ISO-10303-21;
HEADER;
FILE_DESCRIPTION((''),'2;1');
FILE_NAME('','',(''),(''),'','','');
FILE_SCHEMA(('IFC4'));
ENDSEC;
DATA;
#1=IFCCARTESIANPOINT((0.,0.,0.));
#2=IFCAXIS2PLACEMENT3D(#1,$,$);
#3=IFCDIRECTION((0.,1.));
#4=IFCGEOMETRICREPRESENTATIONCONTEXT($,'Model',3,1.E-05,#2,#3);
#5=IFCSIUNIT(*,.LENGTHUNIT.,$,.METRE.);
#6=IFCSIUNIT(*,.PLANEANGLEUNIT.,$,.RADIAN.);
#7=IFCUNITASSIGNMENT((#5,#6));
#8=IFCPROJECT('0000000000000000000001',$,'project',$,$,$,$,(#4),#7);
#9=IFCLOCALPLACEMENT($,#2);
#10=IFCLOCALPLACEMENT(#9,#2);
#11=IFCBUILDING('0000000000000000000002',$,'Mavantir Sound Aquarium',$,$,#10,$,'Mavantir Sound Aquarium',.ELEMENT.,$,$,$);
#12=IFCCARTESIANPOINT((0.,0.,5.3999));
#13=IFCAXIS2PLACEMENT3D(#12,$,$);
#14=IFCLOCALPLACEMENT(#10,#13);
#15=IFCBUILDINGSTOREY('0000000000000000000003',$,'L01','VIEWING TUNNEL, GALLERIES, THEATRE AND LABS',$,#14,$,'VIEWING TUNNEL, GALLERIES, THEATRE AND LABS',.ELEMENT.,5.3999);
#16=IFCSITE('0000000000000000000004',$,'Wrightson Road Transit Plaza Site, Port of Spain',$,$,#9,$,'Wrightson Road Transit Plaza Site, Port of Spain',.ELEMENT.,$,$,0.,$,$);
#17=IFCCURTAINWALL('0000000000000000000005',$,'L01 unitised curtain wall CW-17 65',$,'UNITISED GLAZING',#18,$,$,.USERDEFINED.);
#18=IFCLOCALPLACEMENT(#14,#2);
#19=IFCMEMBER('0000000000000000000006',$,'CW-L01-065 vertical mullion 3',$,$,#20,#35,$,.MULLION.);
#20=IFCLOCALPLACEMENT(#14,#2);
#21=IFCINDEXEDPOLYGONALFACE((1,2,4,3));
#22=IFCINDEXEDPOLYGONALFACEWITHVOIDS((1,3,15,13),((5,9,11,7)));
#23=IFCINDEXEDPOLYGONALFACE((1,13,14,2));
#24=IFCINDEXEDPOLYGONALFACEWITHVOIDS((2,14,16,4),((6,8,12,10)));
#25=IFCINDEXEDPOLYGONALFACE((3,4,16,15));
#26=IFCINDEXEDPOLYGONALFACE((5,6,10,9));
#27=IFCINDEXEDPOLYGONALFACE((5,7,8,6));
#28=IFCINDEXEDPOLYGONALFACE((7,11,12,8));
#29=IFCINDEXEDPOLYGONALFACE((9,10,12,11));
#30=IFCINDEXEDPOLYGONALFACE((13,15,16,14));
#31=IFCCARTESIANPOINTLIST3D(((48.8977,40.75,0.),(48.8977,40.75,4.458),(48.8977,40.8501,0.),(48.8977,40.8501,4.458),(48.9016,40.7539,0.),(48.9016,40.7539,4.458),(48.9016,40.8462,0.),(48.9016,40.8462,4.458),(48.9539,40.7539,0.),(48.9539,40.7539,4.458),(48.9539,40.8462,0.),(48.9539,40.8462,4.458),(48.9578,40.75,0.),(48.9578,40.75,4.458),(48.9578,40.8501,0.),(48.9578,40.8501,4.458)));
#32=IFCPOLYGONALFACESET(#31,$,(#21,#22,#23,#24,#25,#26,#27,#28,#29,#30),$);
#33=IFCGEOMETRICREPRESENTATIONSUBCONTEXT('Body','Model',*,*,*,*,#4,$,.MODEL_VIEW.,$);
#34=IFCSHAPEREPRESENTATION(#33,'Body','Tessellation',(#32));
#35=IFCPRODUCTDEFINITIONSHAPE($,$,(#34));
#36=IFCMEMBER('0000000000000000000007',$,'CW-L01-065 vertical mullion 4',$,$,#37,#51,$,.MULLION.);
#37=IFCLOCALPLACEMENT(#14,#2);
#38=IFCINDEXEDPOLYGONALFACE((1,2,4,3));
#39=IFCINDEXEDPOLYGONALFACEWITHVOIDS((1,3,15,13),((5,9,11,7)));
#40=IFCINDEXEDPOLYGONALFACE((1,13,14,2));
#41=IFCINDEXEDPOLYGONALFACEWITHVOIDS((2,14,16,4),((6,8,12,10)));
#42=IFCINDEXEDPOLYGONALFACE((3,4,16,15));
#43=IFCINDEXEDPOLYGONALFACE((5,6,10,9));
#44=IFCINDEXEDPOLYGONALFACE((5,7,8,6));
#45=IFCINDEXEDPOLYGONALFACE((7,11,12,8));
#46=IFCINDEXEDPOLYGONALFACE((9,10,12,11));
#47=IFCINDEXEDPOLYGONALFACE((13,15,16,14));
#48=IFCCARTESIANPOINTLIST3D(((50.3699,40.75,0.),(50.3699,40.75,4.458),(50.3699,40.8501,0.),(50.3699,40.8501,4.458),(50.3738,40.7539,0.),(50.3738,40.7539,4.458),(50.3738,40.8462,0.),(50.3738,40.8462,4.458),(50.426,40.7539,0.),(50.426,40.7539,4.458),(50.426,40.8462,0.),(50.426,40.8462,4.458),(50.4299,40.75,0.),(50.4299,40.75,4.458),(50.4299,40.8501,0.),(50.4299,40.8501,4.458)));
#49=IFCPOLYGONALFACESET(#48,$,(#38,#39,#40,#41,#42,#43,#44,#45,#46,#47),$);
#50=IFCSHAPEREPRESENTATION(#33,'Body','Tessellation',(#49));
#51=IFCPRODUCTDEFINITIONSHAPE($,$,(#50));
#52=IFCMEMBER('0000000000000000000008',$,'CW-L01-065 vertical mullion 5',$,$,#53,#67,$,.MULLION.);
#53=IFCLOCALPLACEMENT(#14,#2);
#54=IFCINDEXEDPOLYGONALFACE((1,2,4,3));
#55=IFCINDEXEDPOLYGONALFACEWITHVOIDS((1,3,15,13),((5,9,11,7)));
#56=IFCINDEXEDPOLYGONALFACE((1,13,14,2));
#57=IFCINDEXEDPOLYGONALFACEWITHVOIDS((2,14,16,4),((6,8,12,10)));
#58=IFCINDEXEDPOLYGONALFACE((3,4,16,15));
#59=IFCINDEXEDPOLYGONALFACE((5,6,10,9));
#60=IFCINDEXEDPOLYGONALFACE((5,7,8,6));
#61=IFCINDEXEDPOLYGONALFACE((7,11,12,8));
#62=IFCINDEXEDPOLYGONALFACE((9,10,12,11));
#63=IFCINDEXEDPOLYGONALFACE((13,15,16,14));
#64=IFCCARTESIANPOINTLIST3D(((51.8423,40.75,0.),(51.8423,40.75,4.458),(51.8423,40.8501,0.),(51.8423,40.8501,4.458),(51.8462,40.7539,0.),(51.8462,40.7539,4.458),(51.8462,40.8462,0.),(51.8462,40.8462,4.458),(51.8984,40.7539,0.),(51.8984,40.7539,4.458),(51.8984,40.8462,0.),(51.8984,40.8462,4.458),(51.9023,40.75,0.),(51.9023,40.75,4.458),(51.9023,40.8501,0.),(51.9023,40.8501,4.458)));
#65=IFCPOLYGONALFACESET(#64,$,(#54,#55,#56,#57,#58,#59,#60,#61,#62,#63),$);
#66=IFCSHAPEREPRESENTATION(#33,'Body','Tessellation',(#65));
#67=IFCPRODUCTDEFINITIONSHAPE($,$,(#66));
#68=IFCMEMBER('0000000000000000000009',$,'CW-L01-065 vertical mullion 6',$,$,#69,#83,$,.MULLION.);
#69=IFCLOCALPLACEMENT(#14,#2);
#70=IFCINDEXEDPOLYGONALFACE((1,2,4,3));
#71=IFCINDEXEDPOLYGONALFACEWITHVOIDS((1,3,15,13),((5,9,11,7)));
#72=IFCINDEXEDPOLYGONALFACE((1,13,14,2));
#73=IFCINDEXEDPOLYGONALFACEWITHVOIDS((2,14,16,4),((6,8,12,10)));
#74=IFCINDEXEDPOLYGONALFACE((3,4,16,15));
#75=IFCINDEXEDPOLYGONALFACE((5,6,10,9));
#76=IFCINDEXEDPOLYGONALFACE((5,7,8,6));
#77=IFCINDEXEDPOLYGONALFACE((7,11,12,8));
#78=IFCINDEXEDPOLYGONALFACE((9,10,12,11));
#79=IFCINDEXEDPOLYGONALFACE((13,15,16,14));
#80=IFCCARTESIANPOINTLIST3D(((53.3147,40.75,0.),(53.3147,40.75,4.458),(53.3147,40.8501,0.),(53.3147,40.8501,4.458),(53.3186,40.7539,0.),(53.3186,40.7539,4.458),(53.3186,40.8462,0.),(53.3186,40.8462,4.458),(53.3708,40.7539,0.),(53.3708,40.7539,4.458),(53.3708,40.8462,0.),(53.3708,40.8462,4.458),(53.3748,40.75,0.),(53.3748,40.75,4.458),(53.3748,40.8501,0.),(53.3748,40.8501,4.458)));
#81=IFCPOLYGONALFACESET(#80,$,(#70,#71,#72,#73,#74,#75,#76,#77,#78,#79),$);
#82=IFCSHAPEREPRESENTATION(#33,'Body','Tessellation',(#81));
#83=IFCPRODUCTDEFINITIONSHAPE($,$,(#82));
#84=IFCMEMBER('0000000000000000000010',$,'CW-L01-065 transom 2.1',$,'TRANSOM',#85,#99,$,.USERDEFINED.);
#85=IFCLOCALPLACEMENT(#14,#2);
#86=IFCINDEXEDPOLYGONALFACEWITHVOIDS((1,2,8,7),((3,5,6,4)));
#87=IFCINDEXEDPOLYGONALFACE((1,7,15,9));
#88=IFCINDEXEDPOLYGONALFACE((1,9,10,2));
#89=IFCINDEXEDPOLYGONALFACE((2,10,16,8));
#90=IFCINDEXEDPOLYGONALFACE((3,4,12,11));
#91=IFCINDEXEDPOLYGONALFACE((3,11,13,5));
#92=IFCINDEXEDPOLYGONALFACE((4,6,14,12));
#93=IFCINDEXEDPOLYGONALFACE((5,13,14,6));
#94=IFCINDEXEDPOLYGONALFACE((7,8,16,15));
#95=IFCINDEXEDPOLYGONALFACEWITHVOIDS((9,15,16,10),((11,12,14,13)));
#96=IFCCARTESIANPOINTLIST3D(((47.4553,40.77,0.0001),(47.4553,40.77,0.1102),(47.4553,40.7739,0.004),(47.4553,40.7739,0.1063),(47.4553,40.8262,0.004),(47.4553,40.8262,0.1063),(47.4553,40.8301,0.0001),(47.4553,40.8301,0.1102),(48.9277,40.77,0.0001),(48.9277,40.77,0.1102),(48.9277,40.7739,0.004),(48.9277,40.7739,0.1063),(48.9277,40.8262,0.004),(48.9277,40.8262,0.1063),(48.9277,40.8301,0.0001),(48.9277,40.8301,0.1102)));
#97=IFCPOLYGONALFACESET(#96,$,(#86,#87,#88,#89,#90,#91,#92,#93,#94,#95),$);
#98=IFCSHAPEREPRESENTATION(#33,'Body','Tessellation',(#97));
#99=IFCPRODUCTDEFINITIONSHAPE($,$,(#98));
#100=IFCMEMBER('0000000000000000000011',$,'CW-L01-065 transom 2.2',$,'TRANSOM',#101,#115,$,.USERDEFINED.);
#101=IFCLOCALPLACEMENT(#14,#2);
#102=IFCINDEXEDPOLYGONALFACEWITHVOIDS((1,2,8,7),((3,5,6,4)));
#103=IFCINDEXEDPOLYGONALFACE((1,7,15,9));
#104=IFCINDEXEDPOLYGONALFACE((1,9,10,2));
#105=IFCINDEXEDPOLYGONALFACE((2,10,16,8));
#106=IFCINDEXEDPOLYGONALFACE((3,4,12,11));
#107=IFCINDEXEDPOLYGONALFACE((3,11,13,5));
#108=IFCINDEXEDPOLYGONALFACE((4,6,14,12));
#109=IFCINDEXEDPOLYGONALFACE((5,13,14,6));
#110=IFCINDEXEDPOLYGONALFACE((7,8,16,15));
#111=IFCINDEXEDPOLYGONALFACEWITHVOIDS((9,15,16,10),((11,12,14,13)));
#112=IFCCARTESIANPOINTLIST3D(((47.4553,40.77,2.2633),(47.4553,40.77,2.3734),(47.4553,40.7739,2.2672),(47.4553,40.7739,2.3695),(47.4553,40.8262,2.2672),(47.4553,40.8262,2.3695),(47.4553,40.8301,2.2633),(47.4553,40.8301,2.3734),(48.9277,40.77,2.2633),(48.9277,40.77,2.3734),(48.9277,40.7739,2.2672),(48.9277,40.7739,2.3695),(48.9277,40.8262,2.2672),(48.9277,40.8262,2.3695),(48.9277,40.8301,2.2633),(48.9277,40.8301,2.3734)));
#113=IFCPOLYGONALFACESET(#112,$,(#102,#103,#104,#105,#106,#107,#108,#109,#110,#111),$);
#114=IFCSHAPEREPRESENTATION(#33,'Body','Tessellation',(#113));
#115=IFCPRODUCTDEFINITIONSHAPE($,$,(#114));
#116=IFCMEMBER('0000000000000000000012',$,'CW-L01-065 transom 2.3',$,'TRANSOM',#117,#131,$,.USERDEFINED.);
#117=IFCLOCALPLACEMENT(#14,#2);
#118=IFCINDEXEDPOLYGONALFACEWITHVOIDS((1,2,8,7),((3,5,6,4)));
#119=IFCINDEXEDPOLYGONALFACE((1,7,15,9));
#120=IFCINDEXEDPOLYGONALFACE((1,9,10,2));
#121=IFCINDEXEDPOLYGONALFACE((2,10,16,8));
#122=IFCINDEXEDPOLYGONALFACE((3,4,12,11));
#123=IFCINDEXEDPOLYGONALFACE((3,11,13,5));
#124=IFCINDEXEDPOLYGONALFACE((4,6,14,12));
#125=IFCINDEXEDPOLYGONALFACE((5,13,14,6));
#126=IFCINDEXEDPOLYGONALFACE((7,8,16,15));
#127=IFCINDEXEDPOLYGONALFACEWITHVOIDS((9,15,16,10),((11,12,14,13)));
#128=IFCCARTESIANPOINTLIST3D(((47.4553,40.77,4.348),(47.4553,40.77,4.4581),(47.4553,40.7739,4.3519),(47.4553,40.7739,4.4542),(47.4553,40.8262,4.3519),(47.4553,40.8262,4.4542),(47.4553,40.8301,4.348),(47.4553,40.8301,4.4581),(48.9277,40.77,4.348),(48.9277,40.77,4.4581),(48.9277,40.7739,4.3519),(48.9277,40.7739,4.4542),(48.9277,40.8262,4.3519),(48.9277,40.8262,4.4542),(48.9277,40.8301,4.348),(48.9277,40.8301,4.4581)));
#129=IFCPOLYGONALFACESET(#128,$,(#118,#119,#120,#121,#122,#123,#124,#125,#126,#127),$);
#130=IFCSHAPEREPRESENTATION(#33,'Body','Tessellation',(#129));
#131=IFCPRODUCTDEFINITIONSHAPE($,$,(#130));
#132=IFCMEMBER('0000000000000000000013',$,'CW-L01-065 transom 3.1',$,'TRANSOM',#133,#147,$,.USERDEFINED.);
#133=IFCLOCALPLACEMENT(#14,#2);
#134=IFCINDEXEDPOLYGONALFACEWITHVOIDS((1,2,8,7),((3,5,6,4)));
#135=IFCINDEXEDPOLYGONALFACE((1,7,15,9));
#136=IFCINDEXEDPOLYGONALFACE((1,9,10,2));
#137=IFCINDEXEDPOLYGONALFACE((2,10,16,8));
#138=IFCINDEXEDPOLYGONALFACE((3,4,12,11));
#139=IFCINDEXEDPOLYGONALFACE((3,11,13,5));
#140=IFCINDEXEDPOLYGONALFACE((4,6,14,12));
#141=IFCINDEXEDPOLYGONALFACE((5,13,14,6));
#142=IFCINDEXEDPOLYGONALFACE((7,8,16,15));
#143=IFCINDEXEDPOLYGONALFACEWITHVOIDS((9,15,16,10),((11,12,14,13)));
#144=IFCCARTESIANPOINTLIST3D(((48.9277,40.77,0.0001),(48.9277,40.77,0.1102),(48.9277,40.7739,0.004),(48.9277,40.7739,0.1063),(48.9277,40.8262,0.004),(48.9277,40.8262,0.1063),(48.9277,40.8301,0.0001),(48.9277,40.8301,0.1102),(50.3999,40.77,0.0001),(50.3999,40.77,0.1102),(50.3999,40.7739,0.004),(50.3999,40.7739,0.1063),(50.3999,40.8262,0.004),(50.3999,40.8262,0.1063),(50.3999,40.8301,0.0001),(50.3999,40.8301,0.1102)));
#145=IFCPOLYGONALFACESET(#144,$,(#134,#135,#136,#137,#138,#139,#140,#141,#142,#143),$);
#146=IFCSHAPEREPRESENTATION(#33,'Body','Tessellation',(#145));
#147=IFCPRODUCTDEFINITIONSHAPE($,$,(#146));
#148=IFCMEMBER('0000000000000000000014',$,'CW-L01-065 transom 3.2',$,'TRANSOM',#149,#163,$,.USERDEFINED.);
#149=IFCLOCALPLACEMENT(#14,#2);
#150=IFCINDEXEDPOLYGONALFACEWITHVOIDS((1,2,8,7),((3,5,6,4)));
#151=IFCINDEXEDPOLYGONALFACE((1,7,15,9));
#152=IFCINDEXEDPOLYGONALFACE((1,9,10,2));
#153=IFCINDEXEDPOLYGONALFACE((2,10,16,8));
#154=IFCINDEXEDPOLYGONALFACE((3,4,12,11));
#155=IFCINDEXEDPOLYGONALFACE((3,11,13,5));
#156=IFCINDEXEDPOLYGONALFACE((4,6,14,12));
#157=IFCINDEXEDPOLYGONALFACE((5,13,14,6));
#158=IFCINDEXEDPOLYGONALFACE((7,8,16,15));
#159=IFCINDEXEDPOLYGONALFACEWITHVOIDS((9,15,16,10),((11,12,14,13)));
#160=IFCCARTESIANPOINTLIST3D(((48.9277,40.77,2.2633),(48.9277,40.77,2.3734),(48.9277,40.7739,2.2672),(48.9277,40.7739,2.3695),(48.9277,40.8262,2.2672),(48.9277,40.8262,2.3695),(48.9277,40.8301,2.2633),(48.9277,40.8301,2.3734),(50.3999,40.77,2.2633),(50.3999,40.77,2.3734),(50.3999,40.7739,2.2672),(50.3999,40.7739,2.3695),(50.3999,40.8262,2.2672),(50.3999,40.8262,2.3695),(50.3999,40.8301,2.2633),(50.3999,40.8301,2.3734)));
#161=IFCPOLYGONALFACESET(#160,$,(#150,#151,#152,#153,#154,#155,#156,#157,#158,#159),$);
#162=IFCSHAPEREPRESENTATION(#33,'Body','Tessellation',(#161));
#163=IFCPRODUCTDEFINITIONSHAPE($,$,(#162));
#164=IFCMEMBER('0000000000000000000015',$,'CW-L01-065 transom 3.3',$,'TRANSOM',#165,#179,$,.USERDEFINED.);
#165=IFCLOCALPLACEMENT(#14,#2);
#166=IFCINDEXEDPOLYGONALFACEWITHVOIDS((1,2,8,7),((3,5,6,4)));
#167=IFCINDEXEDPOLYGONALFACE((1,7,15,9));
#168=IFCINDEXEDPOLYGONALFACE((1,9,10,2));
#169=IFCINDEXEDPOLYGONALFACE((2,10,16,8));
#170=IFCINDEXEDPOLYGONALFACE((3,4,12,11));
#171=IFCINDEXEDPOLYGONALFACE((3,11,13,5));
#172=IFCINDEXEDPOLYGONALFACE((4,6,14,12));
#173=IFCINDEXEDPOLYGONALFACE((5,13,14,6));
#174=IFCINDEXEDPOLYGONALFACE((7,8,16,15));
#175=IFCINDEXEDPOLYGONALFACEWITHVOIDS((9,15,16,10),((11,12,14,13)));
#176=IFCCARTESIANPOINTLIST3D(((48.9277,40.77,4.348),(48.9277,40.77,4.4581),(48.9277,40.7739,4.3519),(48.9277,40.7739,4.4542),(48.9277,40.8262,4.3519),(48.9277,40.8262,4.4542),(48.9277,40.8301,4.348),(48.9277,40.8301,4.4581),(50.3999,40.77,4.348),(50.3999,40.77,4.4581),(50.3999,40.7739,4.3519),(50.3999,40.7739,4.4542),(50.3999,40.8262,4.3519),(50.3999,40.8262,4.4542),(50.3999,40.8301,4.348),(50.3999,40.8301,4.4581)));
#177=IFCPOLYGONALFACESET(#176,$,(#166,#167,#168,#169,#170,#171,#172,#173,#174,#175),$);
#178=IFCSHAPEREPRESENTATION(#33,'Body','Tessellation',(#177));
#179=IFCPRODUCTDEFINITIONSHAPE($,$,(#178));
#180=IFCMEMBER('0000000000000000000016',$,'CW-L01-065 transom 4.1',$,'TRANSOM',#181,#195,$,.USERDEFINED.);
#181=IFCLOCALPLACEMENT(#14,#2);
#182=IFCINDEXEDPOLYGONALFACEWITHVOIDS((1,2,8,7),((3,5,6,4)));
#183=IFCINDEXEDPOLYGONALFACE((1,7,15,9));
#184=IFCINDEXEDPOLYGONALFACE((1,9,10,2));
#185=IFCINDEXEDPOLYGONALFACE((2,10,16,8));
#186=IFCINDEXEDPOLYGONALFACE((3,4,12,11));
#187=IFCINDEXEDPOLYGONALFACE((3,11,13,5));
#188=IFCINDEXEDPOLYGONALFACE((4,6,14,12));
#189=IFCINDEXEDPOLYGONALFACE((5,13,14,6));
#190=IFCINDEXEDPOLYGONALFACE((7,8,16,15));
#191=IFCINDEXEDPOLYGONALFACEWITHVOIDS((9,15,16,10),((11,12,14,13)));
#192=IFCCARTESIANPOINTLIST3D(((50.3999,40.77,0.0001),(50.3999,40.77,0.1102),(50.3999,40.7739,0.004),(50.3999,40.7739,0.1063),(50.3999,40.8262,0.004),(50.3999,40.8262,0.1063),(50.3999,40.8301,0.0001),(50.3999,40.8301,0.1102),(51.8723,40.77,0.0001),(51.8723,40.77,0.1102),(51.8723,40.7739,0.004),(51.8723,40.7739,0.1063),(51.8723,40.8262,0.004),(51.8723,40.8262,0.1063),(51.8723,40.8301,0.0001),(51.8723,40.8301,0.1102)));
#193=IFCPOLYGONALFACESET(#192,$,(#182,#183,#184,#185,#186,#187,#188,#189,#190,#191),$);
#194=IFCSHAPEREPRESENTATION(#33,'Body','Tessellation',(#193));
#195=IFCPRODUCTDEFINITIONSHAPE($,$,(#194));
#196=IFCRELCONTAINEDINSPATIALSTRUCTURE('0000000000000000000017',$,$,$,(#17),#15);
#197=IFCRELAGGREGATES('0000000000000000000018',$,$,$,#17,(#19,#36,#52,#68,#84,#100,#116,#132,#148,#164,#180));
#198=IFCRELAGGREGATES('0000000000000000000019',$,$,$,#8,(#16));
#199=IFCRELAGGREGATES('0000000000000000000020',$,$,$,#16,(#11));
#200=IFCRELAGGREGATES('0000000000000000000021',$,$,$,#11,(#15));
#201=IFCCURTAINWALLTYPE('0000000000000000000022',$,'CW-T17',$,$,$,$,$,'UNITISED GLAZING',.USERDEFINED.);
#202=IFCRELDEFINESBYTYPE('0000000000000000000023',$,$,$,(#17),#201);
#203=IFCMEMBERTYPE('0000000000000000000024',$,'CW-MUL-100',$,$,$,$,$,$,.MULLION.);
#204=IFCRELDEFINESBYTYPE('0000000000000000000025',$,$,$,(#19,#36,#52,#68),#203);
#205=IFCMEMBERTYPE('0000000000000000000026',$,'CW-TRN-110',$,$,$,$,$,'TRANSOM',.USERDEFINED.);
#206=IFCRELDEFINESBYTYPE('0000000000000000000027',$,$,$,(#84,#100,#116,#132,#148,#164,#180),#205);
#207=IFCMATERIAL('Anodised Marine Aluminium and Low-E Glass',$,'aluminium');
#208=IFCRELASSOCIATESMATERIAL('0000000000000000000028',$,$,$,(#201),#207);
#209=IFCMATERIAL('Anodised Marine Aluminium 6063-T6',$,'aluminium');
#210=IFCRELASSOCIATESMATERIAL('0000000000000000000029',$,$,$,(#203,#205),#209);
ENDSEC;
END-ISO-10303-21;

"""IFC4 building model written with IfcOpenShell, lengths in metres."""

from ifc_helpers import new_model, si_unit, direction, frame, origin, origin_2d, place, context, subcontext, project, spatial, hollow_rectangle, extrude, material, material_profile, profile_set, type_object, element, aggregate, save


model = new_model("IFC4")

# Units and contexts
model_context = context("Model", 3, precision=1e-05, world=origin(), true_north=direction((0.0, 1.0)))
body_context = subcontext(model_context, "Body", "Model", "MODEL_VIEW")
ifc_project = project(units=[si_unit("LENGTHUNIT", "METRE"), si_unit("PLANEANGLEUNIT", "RADIAN")], contexts=[model_context])

# Site, building, storey
site_placement = place(None, origin())
site = spatial("IfcSite", under=ifc_project, at=site_placement, Name="Wrightson Road Transit Plaza Site, Port of Spain", LongName="Wrightson Road Transit Plaza Site, Port of Spain", CompositionType="ELEMENT", RefElevation=0.0)
building_placement = place(site_placement, origin())
building = spatial("IfcBuilding", under=site, at=building_placement, Name="Mavantir Sound Aquarium", LongName="Mavantir Sound Aquarium", CompositionType="ELEMENT")
storey_placement = place(building_placement, frame((0.0, 0.0, 5.3999)))
storey = spatial("IfcBuildingStorey", under=building, at=storey_placement, Name="L01", Description="VIEWING TUNNEL, GALLERIES, THEATRE AND LABS", LongName="VIEWING TUNNEL, GALLERIES, THEATRE AND LABS", CompositionType="ELEMENT", Elevation=5.3999)

# Curtain wall, members
ifc_material_1 = material(Name="Anodised Marine Aluminium and Low-E Glass", Category="aluminium")
curtain_wall_type = type_object("IfcCurtainWallType", Name="CW-T17", ElementType="UNITISED GLAZING", PredefinedType="USERDEFINED", material=ifc_material_1)
curtain_wall_placement = place(storey_placement, origin())
curtain_wall = element("IfcCurtainWall", 1, at=curtain_wall_placement, inside=storey, type_object=curtain_wall_type, Name="L01 unitised curtain wall CW-17 65", ObjectType="UNITISED GLAZING", PredefinedType="USERDEFINED")
ifc_material_2 = material(Name="Anodised Marine Aluminium 6063-T6", Category="aluminium")
ifc_material_profile_1 = material_profile(ifc_material_2, hollow_rectangle(XDim=0.0601, YDim=0.1001, WallThickness=0.0039, at=origin_2d()), Name="ALU-MULLION-100X60")
ifc_profile_set_1 = profile_set([ifc_material_profile_1], Name="Anodised Marine Aluminium 6063-T6")
member_type_1 = type_object("IfcMemberType", Name="CW-MUL-100", PredefinedType="MULLION", material=ifc_profile_set_1)
member_1_placement = place(storey_placement, frame((48.9277, 40.8, 0.0), z_axis=(0.0, 0.0, 1.0), x_axis=(1.0, 0.0, 0.0)))
member_1 = element("IfcMember", 2, at=member_1_placement, type_object=member_type_1, Name="CW-L01-065 vertical mullion 3", PredefinedType="MULLION", context=body_context, shape_type="SweptSolid", body=[
    extrude(hollow_rectangle(XDim=0.0601, YDim=0.1001, WallThickness=0.0039, at=origin_2d()), origin(), (0.0, 0.0, 1.0), 4.458),
])
member_2_placement = place(storey_placement, frame((50.3999, 40.8, 0.0), z_axis=(0.0, 0.0, 1.0), x_axis=(1.0, 0.0, 0.0)))
member_2 = element("IfcMember", 3, at=member_2_placement, type_object=member_type_1, Name="CW-L01-065 vertical mullion 4", PredefinedType="MULLION", context=body_context, shape_type="SweptSolid", body=[
    extrude(hollow_rectangle(XDim=0.0601, YDim=0.1001, WallThickness=0.0039, at=origin_2d()), origin(), (0.0, 0.0, 1.0), 4.458),
])
member_3_placement = place(storey_placement, frame((51.8723, 40.8, 0.0), z_axis=(0.0, 0.0, 1.0), x_axis=(1.0, 0.0, 0.0)))
member_3 = element("IfcMember", 4, at=member_3_placement, type_object=member_type_1, Name="CW-L01-065 vertical mullion 5", PredefinedType="MULLION", context=body_context, shape_type="SweptSolid", body=[
    extrude(hollow_rectangle(XDim=0.0601, YDim=0.1001, WallThickness=0.0039, at=origin_2d()), origin(), (0.0, 0.0, 1.0), 4.458),
])
member_4_placement = place(storey_placement, frame((53.3447, 40.8, 0.0), z_axis=(0.0, 0.0, 1.0), x_axis=(1.0, 0.0, 0.0)))
member_4 = element("IfcMember", 5, at=member_4_placement, type_object=member_type_1, Name="CW-L01-065 vertical mullion 6", PredefinedType="MULLION", context=body_context, shape_type="SweptSolid", body=[
    extrude(hollow_rectangle(XDim=0.0601, YDim=0.1001, WallThickness=0.0039, at=origin_2d()), origin(), (0.0, 0.0, 1.0), 4.458),
])
ifc_material_profile_2 = material_profile(ifc_material_2, hollow_rectangle(XDim=0.0601, YDim=0.1101, WallThickness=0.0039, at=origin_2d()), Name="ALU-TRANSOM-110X60")
ifc_profile_set_2 = profile_set([ifc_material_profile_2], Name="Anodised Marine Aluminium 6063-T6")
member_type_2 = type_object("IfcMemberType", Name="CW-TRN-110", ElementType="TRANSOM", PredefinedType="USERDEFINED", material=ifc_profile_set_2)
member_5_placement = place(storey_placement, frame((47.4553, 40.8, 0.0552), z_axis=(1.0, 0.0, 0.0), x_axis=(0.0, 1.0, 0.0)))
member_5 = element("IfcMember", 6, at=member_5_placement, type_object=member_type_2, Name="CW-L01-065 transom 2.1", ObjectType="TRANSOM", PredefinedType="USERDEFINED", context=body_context, shape_type="SweptSolid", body=[
    extrude(hollow_rectangle(XDim=0.0601, YDim=0.1101, WallThickness=0.0039, at=origin_2d()), origin(), (0.0, 0.0, 1.0), 1.4724),
])
member_6_placement = place(storey_placement, frame((47.4553, 40.8, 2.3184), z_axis=(1.0, 0.0, 0.0), x_axis=(0.0, 1.0, 0.0)))
member_6 = element("IfcMember", 7, at=member_6_placement, type_object=member_type_2, Name="CW-L01-065 transom 2.2", ObjectType="TRANSOM", PredefinedType="USERDEFINED", context=body_context, shape_type="SweptSolid", body=[
    extrude(hollow_rectangle(XDim=0.0601, YDim=0.1101, WallThickness=0.0039, at=origin_2d()), origin(), (0.0, 0.0, 1.0), 1.4724),
])
member_7_placement = place(storey_placement, frame((47.4553, 40.8, 4.4031), z_axis=(1.0, 0.0, 0.0), x_axis=(0.0, 1.0, 0.0)))
member_7 = element("IfcMember", 8, at=member_7_placement, type_object=member_type_2, Name="CW-L01-065 transom 2.3", ObjectType="TRANSOM", PredefinedType="USERDEFINED", context=body_context, shape_type="SweptSolid", body=[
    extrude(hollow_rectangle(XDim=0.0601, YDim=0.1101, WallThickness=0.0039, at=origin_2d()), origin(), (0.0, 0.0, 1.0), 1.4724),
])
member_8_placement = place(storey_placement, frame((48.9277, 40.8, 0.0552), z_axis=(1.0, 0.0, 0.0), x_axis=(0.0, 1.0, 0.0)))
member_8 = element("IfcMember", 9, at=member_8_placement, type_object=member_type_2, Name="CW-L01-065 transom 3.1", ObjectType="TRANSOM", PredefinedType="USERDEFINED", context=body_context, shape_type="SweptSolid", body=[
    extrude(hollow_rectangle(XDim=0.0601, YDim=0.1101, WallThickness=0.0039, at=origin_2d()), origin(), (0.0, 0.0, 1.0), 1.4722),
])
member_9_placement = place(storey_placement, frame((48.9277, 40.8, 2.3184), z_axis=(1.0, 0.0, 0.0), x_axis=(0.0, 1.0, 0.0)))
member_9 = element("IfcMember", 10, at=member_9_placement, type_object=member_type_2, Name="CW-L01-065 transom 3.2", ObjectType="TRANSOM", PredefinedType="USERDEFINED", context=body_context, shape_type="SweptSolid", body=[
    extrude(hollow_rectangle(XDim=0.0601, YDim=0.1101, WallThickness=0.0039, at=origin_2d()), origin(), (0.0, 0.0, 1.0), 1.4722),
])
member_10_placement = place(storey_placement, frame((48.9277, 40.8, 4.4031), z_axis=(1.0, 0.0, 0.0), x_axis=(0.0, 1.0, 0.0)))
member_10 = element("IfcMember", 11, at=member_10_placement, type_object=member_type_2, Name="CW-L01-065 transom 3.3", ObjectType="TRANSOM", PredefinedType="USERDEFINED", context=body_context, shape_type="SweptSolid", body=[
    extrude(hollow_rectangle(XDim=0.0601, YDim=0.1101, WallThickness=0.0039, at=origin_2d()), origin(), (0.0, 0.0, 1.0), 1.4722),
])
member_11_placement = place(storey_placement, frame((50.3999, 40.8, 0.0552), z_axis=(1.0, 0.0, 0.0), x_axis=(0.0, 1.0, 0.0)))
member_11 = element("IfcMember", 12, at=member_11_placement, type_object=member_type_2, Name="CW-L01-065 transom 4.1", ObjectType="TRANSOM", PredefinedType="USERDEFINED", context=body_context, shape_type="SweptSolid", body=[
    extrude(hollow_rectangle(XDim=0.0601, YDim=0.1101, WallThickness=0.0039, at=origin_2d()), origin(), (0.0, 0.0, 1.0), 1.4724),
])
aggregate(curtain_wall, [member_1, member_2, member_3, member_4, member_5, member_6, member_7, member_8, member_9, member_10, member_11])

save(model, "model.ifc")
